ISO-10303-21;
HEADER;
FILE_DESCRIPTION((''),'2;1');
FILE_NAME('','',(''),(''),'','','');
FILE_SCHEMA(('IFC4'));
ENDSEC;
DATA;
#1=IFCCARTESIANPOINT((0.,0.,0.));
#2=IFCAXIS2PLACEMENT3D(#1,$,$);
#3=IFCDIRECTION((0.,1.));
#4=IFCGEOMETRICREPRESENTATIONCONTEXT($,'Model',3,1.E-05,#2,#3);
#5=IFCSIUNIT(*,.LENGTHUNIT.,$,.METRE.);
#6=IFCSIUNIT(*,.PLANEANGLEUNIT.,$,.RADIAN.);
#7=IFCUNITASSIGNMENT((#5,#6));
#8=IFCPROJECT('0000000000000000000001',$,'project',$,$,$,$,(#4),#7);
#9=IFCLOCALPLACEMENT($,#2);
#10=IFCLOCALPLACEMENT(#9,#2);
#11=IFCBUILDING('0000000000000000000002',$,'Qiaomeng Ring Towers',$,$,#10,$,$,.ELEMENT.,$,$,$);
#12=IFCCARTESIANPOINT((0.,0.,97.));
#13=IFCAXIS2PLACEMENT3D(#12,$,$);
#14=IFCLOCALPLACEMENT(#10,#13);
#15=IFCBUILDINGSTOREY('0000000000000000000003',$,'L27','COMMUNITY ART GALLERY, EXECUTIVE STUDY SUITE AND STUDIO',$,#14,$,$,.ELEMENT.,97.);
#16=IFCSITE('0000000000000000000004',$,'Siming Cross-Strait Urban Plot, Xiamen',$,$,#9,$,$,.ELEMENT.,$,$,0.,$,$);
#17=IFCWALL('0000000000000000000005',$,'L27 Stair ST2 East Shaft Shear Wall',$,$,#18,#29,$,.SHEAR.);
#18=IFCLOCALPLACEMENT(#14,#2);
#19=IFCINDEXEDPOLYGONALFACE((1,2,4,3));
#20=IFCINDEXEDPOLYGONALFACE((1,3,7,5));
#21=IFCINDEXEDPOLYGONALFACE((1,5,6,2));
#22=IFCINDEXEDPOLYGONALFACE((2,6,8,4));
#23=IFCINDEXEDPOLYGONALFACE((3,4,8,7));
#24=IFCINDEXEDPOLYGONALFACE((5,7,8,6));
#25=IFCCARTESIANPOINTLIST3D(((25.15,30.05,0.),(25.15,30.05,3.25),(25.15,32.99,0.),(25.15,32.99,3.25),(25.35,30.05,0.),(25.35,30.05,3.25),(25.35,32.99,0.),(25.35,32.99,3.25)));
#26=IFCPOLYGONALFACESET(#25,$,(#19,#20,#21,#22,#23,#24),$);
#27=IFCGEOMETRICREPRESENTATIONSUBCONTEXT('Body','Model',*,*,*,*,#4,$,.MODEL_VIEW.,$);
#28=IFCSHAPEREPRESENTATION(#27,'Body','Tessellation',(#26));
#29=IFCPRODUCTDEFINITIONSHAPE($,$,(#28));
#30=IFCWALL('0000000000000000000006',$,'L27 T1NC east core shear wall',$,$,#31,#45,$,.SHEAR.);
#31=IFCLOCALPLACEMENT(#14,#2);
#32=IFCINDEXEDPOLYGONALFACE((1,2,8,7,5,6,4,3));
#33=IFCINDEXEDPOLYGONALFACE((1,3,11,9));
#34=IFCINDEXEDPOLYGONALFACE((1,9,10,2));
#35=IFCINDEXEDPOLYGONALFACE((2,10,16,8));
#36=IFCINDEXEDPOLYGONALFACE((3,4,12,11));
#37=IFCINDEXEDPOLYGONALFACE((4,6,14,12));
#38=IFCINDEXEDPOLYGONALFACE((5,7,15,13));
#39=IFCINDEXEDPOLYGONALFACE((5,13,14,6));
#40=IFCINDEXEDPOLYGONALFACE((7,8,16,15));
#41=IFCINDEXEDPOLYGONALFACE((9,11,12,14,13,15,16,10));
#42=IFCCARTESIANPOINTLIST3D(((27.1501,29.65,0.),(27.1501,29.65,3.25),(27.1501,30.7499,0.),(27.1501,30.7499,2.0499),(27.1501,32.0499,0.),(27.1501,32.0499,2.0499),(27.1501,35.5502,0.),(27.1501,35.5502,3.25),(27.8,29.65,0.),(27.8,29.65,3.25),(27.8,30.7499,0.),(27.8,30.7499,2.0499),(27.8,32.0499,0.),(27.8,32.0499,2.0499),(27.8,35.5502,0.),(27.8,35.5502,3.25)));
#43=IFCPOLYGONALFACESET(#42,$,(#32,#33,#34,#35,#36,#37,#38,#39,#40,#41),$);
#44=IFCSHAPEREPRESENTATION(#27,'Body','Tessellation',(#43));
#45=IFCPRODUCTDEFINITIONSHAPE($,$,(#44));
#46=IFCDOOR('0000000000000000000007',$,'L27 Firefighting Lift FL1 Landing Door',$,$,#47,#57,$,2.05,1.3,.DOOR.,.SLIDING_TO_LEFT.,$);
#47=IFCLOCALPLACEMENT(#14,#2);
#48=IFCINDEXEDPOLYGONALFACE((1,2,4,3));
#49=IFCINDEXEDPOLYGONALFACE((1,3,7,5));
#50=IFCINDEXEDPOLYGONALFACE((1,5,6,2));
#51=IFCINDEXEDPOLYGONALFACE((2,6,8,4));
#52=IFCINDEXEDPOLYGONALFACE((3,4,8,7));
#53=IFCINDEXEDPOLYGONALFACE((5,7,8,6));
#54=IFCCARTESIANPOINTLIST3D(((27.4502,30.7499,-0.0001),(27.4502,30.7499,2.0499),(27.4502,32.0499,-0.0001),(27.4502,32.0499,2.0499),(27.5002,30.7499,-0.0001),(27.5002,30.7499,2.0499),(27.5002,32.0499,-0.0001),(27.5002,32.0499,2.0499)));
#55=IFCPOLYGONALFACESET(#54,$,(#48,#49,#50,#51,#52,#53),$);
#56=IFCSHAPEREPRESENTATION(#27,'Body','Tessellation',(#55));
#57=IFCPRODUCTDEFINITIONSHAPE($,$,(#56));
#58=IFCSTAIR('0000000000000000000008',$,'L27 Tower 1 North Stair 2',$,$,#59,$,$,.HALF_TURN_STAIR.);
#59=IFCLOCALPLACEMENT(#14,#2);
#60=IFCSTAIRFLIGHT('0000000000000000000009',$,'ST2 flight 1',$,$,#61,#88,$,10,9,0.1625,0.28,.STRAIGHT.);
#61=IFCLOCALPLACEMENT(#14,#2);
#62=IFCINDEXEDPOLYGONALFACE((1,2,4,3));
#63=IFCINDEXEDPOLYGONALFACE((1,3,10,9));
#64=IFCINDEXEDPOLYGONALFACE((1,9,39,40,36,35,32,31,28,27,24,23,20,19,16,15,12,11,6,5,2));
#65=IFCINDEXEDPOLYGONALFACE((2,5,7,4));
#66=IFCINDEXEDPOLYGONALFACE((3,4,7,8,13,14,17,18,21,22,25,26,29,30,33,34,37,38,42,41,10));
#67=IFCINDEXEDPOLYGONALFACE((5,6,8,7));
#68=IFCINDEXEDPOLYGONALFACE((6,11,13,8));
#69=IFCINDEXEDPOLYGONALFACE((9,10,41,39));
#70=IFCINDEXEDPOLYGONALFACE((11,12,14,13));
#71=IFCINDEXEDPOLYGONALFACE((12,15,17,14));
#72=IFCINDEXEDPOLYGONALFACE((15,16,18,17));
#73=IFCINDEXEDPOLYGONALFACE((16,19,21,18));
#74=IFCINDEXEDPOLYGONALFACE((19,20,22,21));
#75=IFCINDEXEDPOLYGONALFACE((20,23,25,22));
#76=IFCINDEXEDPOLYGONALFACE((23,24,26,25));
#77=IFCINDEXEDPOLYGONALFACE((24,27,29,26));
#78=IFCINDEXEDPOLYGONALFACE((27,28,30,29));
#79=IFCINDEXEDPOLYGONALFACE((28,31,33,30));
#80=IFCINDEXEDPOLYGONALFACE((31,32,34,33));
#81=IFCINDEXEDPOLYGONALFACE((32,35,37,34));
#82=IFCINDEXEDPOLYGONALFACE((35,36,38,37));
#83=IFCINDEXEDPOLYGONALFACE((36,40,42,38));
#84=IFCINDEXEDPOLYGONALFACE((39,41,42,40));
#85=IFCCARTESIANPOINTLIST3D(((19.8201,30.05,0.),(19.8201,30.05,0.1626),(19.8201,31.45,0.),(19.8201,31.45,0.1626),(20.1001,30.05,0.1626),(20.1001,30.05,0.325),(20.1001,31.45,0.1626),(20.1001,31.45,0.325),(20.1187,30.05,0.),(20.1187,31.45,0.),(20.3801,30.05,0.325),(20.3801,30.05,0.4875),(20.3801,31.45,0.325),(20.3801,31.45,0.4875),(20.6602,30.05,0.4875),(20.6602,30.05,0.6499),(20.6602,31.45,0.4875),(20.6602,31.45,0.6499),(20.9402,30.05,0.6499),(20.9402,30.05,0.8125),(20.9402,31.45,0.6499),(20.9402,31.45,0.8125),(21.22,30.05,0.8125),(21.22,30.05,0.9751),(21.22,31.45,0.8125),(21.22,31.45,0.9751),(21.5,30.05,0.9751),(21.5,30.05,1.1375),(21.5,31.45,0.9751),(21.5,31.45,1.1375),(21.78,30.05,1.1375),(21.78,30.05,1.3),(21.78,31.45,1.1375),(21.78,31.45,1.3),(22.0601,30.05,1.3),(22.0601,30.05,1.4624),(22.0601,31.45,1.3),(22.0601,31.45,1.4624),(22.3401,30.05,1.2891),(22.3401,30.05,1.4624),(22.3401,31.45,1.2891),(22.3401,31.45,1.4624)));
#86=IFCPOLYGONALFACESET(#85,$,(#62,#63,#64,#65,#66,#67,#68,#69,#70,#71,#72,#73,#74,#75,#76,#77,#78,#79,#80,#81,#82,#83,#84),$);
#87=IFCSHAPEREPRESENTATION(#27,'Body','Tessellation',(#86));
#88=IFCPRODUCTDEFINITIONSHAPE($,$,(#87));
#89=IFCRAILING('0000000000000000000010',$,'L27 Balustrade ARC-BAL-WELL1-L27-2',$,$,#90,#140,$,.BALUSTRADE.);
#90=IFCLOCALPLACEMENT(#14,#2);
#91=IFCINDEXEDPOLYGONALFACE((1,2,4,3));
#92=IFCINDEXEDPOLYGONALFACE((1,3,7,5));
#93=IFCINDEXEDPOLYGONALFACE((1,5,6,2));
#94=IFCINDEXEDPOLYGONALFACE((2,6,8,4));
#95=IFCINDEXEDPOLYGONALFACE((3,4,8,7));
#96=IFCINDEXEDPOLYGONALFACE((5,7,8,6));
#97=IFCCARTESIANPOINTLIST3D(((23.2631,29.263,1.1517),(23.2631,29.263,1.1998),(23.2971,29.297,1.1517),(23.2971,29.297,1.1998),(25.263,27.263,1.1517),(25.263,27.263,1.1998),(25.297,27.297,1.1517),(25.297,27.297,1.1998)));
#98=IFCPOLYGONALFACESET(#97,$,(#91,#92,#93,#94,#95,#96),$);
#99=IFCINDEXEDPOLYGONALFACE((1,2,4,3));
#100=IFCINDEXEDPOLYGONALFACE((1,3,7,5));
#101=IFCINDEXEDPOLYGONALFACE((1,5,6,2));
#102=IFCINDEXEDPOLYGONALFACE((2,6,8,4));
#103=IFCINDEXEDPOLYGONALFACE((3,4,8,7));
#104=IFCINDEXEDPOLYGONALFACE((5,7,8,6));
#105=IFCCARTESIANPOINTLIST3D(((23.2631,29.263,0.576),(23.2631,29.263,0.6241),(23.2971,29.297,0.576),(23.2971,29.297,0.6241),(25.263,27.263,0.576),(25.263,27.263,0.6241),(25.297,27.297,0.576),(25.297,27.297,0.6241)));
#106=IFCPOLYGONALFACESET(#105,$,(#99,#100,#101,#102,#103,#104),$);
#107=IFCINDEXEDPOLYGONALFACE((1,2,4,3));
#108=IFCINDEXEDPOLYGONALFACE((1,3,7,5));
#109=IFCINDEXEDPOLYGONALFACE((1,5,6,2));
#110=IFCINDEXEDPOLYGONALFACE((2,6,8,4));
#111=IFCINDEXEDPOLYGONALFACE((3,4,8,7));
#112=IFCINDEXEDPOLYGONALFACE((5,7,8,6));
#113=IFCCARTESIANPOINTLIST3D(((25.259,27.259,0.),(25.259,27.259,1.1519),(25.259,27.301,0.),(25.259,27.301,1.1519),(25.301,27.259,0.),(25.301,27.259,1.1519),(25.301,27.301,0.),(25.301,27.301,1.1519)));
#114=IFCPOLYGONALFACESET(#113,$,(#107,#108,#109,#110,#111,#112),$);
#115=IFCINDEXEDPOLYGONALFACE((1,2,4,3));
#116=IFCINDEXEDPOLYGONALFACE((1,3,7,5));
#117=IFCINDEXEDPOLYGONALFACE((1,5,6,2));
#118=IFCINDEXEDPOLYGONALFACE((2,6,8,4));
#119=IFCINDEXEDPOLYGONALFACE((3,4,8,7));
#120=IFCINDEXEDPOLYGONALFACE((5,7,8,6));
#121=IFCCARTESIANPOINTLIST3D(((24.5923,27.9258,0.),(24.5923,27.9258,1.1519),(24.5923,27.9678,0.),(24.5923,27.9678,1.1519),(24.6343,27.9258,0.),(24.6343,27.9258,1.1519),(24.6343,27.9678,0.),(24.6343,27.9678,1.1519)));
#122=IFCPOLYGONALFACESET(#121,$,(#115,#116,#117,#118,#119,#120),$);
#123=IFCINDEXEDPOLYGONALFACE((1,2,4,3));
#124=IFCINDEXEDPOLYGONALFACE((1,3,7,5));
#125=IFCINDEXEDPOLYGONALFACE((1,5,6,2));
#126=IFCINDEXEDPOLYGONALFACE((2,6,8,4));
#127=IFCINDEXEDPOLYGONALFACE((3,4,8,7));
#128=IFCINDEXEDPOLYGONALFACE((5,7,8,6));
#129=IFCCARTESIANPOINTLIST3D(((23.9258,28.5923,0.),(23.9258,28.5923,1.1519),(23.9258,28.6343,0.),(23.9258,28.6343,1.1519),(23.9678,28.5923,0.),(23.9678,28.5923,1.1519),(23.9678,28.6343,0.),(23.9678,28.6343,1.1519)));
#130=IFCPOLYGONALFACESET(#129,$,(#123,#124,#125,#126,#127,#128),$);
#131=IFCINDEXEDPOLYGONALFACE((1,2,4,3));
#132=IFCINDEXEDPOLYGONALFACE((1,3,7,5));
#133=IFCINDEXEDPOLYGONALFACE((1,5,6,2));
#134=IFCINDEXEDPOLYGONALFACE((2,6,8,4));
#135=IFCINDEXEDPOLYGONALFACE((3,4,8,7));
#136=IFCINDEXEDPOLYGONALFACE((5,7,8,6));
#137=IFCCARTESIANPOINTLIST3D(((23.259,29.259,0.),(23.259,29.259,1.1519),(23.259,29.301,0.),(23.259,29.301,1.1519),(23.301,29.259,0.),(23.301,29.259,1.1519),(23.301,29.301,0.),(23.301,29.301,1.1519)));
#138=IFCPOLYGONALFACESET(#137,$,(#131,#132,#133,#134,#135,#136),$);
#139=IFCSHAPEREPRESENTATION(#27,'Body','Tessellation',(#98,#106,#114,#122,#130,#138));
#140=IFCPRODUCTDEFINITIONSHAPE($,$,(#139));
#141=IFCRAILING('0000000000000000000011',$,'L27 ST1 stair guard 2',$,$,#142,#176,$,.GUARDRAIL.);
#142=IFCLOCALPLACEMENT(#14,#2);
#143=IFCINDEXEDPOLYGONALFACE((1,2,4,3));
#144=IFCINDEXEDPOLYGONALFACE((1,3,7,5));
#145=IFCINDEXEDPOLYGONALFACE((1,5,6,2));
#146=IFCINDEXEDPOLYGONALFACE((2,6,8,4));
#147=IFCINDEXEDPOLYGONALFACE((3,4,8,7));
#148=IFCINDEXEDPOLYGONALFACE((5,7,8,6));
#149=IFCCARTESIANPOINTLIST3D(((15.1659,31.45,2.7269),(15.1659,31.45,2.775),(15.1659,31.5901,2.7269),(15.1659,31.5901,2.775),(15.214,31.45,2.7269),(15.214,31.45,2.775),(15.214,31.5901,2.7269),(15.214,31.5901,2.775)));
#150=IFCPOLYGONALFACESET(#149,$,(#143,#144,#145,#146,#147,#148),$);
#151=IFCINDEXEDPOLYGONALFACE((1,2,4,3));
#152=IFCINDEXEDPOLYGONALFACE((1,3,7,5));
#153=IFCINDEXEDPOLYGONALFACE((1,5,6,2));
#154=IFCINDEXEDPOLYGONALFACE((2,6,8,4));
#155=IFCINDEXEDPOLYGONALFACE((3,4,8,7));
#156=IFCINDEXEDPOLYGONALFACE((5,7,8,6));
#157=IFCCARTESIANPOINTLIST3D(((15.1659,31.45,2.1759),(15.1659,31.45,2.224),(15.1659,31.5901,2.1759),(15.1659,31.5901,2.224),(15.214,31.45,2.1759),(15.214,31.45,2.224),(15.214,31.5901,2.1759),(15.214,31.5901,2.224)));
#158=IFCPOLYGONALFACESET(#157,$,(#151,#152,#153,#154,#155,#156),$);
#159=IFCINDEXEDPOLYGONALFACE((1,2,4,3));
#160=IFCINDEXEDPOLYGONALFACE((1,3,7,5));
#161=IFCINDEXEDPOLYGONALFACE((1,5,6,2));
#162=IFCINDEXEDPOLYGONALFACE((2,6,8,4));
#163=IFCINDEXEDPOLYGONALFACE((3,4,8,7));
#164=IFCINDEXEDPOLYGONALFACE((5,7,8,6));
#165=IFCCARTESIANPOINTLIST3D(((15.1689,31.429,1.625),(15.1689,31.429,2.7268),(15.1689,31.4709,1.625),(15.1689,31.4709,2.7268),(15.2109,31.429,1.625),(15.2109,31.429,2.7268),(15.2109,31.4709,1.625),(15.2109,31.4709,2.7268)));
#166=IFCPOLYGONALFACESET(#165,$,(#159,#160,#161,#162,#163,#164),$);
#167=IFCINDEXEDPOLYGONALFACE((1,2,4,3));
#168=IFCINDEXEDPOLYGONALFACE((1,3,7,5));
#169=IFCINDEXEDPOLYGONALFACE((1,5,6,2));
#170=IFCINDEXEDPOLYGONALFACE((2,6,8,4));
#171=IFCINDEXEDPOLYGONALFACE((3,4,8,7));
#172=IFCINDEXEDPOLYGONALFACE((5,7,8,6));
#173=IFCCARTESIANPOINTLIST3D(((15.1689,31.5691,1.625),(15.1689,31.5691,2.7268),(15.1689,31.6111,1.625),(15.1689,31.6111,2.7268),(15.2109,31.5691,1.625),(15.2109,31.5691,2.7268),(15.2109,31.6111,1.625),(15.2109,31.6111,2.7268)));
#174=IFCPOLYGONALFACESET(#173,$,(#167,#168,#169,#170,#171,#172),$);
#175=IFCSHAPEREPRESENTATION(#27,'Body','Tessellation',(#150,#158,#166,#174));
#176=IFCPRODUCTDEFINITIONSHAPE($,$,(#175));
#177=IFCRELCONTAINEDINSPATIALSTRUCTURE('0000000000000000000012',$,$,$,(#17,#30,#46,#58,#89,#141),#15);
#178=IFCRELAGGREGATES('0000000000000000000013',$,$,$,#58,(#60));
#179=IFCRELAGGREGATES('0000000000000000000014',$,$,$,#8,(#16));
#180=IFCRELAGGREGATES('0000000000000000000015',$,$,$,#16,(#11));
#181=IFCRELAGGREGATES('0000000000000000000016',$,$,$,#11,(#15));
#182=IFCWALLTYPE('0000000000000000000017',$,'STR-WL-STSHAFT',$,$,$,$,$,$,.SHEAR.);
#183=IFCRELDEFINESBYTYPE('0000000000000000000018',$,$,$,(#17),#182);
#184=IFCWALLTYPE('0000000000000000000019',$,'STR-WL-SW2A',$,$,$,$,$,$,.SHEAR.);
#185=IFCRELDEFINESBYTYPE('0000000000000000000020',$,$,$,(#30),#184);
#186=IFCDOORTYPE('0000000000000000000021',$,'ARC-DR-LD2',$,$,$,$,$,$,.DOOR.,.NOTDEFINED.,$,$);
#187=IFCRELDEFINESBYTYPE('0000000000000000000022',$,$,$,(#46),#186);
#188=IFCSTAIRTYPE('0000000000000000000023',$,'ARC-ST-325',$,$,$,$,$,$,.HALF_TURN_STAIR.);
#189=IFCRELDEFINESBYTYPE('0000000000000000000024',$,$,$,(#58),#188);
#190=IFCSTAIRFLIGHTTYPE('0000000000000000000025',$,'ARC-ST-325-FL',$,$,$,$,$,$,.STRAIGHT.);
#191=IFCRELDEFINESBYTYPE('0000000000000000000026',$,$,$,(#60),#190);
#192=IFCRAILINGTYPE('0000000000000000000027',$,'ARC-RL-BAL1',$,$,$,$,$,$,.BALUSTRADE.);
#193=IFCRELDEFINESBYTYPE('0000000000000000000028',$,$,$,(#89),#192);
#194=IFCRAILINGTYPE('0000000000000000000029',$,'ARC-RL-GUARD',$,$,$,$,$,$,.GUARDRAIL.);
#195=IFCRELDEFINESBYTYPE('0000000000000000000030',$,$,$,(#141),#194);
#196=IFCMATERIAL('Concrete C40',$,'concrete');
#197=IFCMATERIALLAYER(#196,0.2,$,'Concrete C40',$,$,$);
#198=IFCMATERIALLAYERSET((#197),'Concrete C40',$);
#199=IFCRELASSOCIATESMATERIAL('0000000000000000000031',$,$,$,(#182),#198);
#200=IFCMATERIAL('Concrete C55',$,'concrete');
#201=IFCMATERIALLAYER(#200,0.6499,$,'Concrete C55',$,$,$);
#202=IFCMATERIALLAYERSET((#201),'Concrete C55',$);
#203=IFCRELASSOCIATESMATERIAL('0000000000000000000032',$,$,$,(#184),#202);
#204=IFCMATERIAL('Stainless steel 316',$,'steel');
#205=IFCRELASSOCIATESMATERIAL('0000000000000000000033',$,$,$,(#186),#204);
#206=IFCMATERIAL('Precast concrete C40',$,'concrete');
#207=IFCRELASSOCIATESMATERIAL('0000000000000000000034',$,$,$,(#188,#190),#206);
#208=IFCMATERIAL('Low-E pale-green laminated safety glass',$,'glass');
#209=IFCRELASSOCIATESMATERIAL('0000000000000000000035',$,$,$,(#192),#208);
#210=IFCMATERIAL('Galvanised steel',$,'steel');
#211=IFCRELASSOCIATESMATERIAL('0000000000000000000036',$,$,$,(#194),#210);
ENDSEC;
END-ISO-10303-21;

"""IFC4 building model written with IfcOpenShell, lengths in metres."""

from ifc_helpers import new_model, si_unit, direction, frame, frame_2d, origin, origin_2d, place, context, subcontext, project, spatial, polyline, rectangle, outline, extrude, source, transform, mapped, material, layer, layer_set, type_object, element, fill, aggregate, save


model = new_model("IFC4")

# Units and contexts
model_context = context("Model", 3, precision=1e-05, world=origin(), true_north=direction((0.0, 1.0)))
body_context = subcontext(model_context, "Body", "Model", "MODEL_VIEW")
ifc_project = project(units=[si_unit("LENGTHUNIT", "METRE"), si_unit("PLANEANGLEUNIT", "RADIAN")], contexts=[model_context])

# Site, building, storey
site_placement = place(None, origin())
site = spatial("IfcSite", under=ifc_project, at=site_placement, Name="Siming Cross-Strait Urban Plot, Xiamen", CompositionType="ELEMENT", RefElevation=0.0)
building_placement = place(site_placement, origin())
building = spatial("IfcBuilding", under=site, at=building_placement, Name="Qiaomeng Ring Towers", CompositionType="ELEMENT")
storey_placement = place(building_placement, frame((0.0, 0.0, 97.0)))
storey = spatial("IfcBuildingStorey", under=building, at=storey_placement, Name="L27", Description="COMMUNITY ART GALLERY, EXECUTIVE STUDY SUITE AND STUDIO", CompositionType="ELEMENT", Elevation=97.0)

# Wall
ifc_material_1 = material(Name="Concrete C40", Category="concrete")
ifc_layer_1 = layer(ifc_material_1, 0.2, Name="Concrete C40")
ifc_layer_set_1 = layer_set([ifc_layer_1], Name="Concrete C40")
wall_type_1 = type_object("IfcWallType", Name="STR-WL-STSHAFT", PredefinedType="SHEAR", material=ifc_layer_set_1)
for number, where, z_axis, x_axis, name in (
    (1, (25.25, 30.05, 0.0), (0.0, 0.0, 1.0), (0.0, 1.0, 0.0), "L27 Stair ST2 East Shaft Shear Wall"),
):
    element("IfcWall", number, at=place(storey_placement, frame(where, z_axis=z_axis, x_axis=x_axis)), inside=storey, type_object=wall_type_1, Name=name, PredefinedType="SHEAR", context=body_context, shape_type="SweptSolid", body=[
        extrude(rectangle(XDim=2.9399, YDim=0.2, at=frame_2d((1.47, 0.0))), origin(), (0.0, 0.0, 1.0), 3.25),
    ])

# Wall, opening, door
ifc_material_2 = material(Name="Concrete C55", Category="concrete")
ifc_layer_2 = layer(ifc_material_2, 0.6499, Name="Concrete C55")
ifc_layer_set_2 = layer_set([ifc_layer_2], Name="Concrete C55")
wall_type_2 = type_object("IfcWallType", Name="STR-WL-SW2A", PredefinedType="SHEAR", material=ifc_layer_set_2)
wall_1_placement = place(storey_placement, frame((27.4751, 29.6499, 0.0), z_axis=(0.0, 0.0, 1.0), x_axis=(0.0, 1.0, 0.0)))
wall_1 = element("IfcWall", 2, at=wall_1_placement, inside=storey, type_object=wall_type_2, Name="L27 T1NC east core shear wall", PredefinedType="SHEAR", context=body_context, shape_type="SweptSolid", body=[
    extrude(rectangle(XDim=5.9001, YDim=0.6499, at=frame_2d((2.9502, 0.0))), origin(), (0.0, 0.0, 1.0), 3.25),
])
opening_1_placement = place(wall_1_placement, frame((1.1001, 0.0, 0.0)))
opening_1 = element("IfcOpeningElement", 3, at=opening_1_placement, cuts=wall_1, PredefinedType="OPENING", context=body_context, shape_type="SweptSolid", body=[
    extrude(rectangle(XDim=1.3, YDim=2.05, at=frame_2d((0.6499, 1.0249))), frame((0.0, 0.335, 0.0), z_axis=(0.0, -1.0, 0.0), x_axis=(1.0, 0.0, 0.0)), (0.0, 0.0, 1.0), 0.6699),
])
ifc_material_3 = material(Name="Stainless steel 316", Category="steel")
door_type_1 = type_object("IfcDoorType", Name="ARC-DR-LD2", OperationType="NOTDEFINED", PredefinedType="DOOR", material=ifc_material_3)
shared_shape_1 = source(origin(), body_context, "Body", "SweptSolid", [
    extrude(rectangle(XDim=1.3, YDim=2.05, at=frame_2d((0.6499, 1.0249))), frame((0.0, 0.0249, 0.0), z_axis=(0.0, -1.0, 0.0), x_axis=(1.0, 0.0, 0.0)), (0.0, 0.0, 1.0), 0.05),
])
door_1_placement = place(opening_1_placement, origin())
door_1 = element("IfcDoor", 4, at=door_1_placement, inside=storey, type_object=door_type_1, Name="L27 Firefighting Lift FL1 Landing Door", OperationType="SLIDING_TO_LEFT", OverallHeight=2.05, OverallWidth=1.3, PredefinedType="DOOR", context=body_context, shape_type="MappedRepresentation", body=[
    mapped(shared_shape_1, transform((0.0, 0.0, 0.0), x_axis=(1.0, 0.0, 0.0), y_axis=(0.0, 1.0, 0.0), z_axis=(0.0, 0.0, 1.0), scale=1.0)),
])
fill(opening_1, door_1)

# Stair, stair flight
ifc_material_4 = material(Name="Precast concrete C40", Category="concrete")
stair_type = type_object("IfcStairType", Name="ARC-ST-325", PredefinedType="HALF_TURN_STAIR", material=ifc_material_4)
stair_placement = place(storey_placement, origin())
stair = element("IfcStair", 5, at=stair_placement, inside=storey, type_object=stair_type, Name="L27 Tower 1 North Stair 2", PredefinedType="HALF_TURN_STAIR")
stair_flight_type = type_object("IfcStairFlightType", Name="ARC-ST-325-FL", PredefinedType="STRAIGHT", material=ifc_material_4)
shared_shape_2 = source(origin(), body_context, "Body", "SweptSolid", [
    extrude(outline(polyline([(0.0, 0.0), (0.0, 0.1626), (0.28, 0.1626), (0.28, 0.325), (0.5601, 0.325), (0.5601, 0.4875), (0.8401, 0.4875), (0.8401, 0.6499), (1.1201, 0.6499), (1.1201, 0.8125), (1.3999, 0.8125), (1.3999, 0.9751), (1.6799, 0.9751), (1.6799, 1.1375), (1.96, 1.1375), (1.96, 1.3), (2.24, 1.3), (2.24, 1.4624), (2.52, 1.4624), (2.52, 1.625), (2.52, 1.2891), (0.2986, 0.0), (0.0, 0.0)])), frame((0.0, 0.7, 0.0), z_axis=(0.0, -1.0, 0.0), x_axis=(1.0, 0.0, 0.0)), (0.0, 0.0, 1.0), 1.3999),
])
stair_flight_placement = place(storey_placement, frame((19.8201, 30.75, 0.0), z_axis=(0.0, 0.0, 1.0), x_axis=(1.0, 0.0, 0.0)))
stair_flight = element("IfcStairFlight", 6, at=stair_flight_placement, type_object=stair_flight_type, Name="ST2 flight 1", NumberOfRisers=10, NumberOfTreads=9, PredefinedType="STRAIGHT", RiserHeight=0.1625, TreadLength=0.28, context=body_context, shape_type="MappedRepresentation", body=[
    mapped(shared_shape_2, transform((0.0, 0.0, 0.0), x_axis=(1.0, 0.0, 0.0), y_axis=(0.0, 1.0, 0.0), z_axis=(0.0, 0.0, 1.0), scale=1.0)),
])
aggregate(stair, [stair_flight])

# Railings
ifc_material_5 = material(Name="Low-E pale-green laminated safety glass", Category="glass")
railing_type_1 = type_object("IfcRailingType", Name="ARC-RL-BAL1", PredefinedType="BALUSTRADE", material=ifc_material_5)
railing_1_placement = place(storey_placement, frame((25.28, 27.28, 0.0)))
element("IfcRailing", 7, at=railing_1_placement, inside=storey, type_object=railing_type_1, Name="L27 Balustrade ARC-BAL-WELL1-L27-2", PredefinedType="BALUSTRADE", context=body_context, shape_type="SweptSolid", body=[
    extrude(rectangle(XDim=0.0481, YDim=0.0481, at=origin_2d()), frame((0.0, 0.0, 1.1758), z_axis=(-0.707107, 0.707107, 0.0), x_axis=(-0.707107, -0.707107, 0.0)), (0.0, 0.0, 1.0), 2.8284),
    extrude(rectangle(XDim=0.0481, YDim=0.0481, at=origin_2d()), frame((0.0, 0.0, 0.6001), z_axis=(-0.707107, 0.707107, 0.0), x_axis=(-0.707107, -0.707107, 0.0)), (0.0, 0.0, 1.0), 2.8284),
    extrude(rectangle(XDim=0.042, YDim=0.042, at=origin_2d()), origin(), (0.0, 0.0, 1.0), 1.1519),
    extrude(rectangle(XDim=0.042, YDim=0.042, at=origin_2d()), frame((-0.6667, 0.6667, 0.0)), (0.0, 0.0, 1.0), 1.1519),
    extrude(rectangle(XDim=0.042, YDim=0.042, at=origin_2d()), frame((-1.3333, 1.3333, 0.0)), (0.0, 0.0, 1.0), 1.1519),
    extrude(rectangle(XDim=0.042, YDim=0.042, at=origin_2d()), frame((-2.0, 2.0, 0.0)), (0.0, 0.0, 1.0), 1.1519),
])
ifc_material_6 = material(Name="Galvanised steel", Category="steel")
railing_type_2 = type_object("IfcRailingType", Name="ARC-RL-GUARD", PredefinedType="GUARDRAIL", material=ifc_material_6)
railing_2_placement = place(storey_placement, frame((15.1899, 31.45, 1.625)))
element("IfcRailing", 8, at=railing_2_placement, inside=storey, type_object=railing_type_2, Name="L27 ST1 stair guard 2", PredefinedType="GUARDRAIL", context=body_context, shape_type="SweptSolid", body=[
    extrude(rectangle(XDim=0.0481, YDim=0.0481, at=origin_2d()), frame((0.0, 0.0, 1.126), z_axis=(0.0, 1.0, 0.0), x_axis=(-1.0, 0.0, 0.0)), (0.0, 0.0, 1.0), 0.1401),
    extrude(rectangle(XDim=0.0481, YDim=0.0481, at=origin_2d()), frame((0.0, 0.0, 0.575), z_axis=(0.0, 1.0, 0.0), x_axis=(-1.0, 0.0, 0.0)), (0.0, 0.0, 1.0), 0.1401),
    extrude(rectangle(XDim=0.042, YDim=0.042, at=origin_2d()), origin(), (0.0, 0.0, 1.0), 1.1018),
    extrude(rectangle(XDim=0.042, YDim=0.042, at=origin_2d()), frame((0.0, 0.1401, 0.0)), (0.0, 0.0, 1.0), 1.1018),
])

save(model, "model.ifc")
